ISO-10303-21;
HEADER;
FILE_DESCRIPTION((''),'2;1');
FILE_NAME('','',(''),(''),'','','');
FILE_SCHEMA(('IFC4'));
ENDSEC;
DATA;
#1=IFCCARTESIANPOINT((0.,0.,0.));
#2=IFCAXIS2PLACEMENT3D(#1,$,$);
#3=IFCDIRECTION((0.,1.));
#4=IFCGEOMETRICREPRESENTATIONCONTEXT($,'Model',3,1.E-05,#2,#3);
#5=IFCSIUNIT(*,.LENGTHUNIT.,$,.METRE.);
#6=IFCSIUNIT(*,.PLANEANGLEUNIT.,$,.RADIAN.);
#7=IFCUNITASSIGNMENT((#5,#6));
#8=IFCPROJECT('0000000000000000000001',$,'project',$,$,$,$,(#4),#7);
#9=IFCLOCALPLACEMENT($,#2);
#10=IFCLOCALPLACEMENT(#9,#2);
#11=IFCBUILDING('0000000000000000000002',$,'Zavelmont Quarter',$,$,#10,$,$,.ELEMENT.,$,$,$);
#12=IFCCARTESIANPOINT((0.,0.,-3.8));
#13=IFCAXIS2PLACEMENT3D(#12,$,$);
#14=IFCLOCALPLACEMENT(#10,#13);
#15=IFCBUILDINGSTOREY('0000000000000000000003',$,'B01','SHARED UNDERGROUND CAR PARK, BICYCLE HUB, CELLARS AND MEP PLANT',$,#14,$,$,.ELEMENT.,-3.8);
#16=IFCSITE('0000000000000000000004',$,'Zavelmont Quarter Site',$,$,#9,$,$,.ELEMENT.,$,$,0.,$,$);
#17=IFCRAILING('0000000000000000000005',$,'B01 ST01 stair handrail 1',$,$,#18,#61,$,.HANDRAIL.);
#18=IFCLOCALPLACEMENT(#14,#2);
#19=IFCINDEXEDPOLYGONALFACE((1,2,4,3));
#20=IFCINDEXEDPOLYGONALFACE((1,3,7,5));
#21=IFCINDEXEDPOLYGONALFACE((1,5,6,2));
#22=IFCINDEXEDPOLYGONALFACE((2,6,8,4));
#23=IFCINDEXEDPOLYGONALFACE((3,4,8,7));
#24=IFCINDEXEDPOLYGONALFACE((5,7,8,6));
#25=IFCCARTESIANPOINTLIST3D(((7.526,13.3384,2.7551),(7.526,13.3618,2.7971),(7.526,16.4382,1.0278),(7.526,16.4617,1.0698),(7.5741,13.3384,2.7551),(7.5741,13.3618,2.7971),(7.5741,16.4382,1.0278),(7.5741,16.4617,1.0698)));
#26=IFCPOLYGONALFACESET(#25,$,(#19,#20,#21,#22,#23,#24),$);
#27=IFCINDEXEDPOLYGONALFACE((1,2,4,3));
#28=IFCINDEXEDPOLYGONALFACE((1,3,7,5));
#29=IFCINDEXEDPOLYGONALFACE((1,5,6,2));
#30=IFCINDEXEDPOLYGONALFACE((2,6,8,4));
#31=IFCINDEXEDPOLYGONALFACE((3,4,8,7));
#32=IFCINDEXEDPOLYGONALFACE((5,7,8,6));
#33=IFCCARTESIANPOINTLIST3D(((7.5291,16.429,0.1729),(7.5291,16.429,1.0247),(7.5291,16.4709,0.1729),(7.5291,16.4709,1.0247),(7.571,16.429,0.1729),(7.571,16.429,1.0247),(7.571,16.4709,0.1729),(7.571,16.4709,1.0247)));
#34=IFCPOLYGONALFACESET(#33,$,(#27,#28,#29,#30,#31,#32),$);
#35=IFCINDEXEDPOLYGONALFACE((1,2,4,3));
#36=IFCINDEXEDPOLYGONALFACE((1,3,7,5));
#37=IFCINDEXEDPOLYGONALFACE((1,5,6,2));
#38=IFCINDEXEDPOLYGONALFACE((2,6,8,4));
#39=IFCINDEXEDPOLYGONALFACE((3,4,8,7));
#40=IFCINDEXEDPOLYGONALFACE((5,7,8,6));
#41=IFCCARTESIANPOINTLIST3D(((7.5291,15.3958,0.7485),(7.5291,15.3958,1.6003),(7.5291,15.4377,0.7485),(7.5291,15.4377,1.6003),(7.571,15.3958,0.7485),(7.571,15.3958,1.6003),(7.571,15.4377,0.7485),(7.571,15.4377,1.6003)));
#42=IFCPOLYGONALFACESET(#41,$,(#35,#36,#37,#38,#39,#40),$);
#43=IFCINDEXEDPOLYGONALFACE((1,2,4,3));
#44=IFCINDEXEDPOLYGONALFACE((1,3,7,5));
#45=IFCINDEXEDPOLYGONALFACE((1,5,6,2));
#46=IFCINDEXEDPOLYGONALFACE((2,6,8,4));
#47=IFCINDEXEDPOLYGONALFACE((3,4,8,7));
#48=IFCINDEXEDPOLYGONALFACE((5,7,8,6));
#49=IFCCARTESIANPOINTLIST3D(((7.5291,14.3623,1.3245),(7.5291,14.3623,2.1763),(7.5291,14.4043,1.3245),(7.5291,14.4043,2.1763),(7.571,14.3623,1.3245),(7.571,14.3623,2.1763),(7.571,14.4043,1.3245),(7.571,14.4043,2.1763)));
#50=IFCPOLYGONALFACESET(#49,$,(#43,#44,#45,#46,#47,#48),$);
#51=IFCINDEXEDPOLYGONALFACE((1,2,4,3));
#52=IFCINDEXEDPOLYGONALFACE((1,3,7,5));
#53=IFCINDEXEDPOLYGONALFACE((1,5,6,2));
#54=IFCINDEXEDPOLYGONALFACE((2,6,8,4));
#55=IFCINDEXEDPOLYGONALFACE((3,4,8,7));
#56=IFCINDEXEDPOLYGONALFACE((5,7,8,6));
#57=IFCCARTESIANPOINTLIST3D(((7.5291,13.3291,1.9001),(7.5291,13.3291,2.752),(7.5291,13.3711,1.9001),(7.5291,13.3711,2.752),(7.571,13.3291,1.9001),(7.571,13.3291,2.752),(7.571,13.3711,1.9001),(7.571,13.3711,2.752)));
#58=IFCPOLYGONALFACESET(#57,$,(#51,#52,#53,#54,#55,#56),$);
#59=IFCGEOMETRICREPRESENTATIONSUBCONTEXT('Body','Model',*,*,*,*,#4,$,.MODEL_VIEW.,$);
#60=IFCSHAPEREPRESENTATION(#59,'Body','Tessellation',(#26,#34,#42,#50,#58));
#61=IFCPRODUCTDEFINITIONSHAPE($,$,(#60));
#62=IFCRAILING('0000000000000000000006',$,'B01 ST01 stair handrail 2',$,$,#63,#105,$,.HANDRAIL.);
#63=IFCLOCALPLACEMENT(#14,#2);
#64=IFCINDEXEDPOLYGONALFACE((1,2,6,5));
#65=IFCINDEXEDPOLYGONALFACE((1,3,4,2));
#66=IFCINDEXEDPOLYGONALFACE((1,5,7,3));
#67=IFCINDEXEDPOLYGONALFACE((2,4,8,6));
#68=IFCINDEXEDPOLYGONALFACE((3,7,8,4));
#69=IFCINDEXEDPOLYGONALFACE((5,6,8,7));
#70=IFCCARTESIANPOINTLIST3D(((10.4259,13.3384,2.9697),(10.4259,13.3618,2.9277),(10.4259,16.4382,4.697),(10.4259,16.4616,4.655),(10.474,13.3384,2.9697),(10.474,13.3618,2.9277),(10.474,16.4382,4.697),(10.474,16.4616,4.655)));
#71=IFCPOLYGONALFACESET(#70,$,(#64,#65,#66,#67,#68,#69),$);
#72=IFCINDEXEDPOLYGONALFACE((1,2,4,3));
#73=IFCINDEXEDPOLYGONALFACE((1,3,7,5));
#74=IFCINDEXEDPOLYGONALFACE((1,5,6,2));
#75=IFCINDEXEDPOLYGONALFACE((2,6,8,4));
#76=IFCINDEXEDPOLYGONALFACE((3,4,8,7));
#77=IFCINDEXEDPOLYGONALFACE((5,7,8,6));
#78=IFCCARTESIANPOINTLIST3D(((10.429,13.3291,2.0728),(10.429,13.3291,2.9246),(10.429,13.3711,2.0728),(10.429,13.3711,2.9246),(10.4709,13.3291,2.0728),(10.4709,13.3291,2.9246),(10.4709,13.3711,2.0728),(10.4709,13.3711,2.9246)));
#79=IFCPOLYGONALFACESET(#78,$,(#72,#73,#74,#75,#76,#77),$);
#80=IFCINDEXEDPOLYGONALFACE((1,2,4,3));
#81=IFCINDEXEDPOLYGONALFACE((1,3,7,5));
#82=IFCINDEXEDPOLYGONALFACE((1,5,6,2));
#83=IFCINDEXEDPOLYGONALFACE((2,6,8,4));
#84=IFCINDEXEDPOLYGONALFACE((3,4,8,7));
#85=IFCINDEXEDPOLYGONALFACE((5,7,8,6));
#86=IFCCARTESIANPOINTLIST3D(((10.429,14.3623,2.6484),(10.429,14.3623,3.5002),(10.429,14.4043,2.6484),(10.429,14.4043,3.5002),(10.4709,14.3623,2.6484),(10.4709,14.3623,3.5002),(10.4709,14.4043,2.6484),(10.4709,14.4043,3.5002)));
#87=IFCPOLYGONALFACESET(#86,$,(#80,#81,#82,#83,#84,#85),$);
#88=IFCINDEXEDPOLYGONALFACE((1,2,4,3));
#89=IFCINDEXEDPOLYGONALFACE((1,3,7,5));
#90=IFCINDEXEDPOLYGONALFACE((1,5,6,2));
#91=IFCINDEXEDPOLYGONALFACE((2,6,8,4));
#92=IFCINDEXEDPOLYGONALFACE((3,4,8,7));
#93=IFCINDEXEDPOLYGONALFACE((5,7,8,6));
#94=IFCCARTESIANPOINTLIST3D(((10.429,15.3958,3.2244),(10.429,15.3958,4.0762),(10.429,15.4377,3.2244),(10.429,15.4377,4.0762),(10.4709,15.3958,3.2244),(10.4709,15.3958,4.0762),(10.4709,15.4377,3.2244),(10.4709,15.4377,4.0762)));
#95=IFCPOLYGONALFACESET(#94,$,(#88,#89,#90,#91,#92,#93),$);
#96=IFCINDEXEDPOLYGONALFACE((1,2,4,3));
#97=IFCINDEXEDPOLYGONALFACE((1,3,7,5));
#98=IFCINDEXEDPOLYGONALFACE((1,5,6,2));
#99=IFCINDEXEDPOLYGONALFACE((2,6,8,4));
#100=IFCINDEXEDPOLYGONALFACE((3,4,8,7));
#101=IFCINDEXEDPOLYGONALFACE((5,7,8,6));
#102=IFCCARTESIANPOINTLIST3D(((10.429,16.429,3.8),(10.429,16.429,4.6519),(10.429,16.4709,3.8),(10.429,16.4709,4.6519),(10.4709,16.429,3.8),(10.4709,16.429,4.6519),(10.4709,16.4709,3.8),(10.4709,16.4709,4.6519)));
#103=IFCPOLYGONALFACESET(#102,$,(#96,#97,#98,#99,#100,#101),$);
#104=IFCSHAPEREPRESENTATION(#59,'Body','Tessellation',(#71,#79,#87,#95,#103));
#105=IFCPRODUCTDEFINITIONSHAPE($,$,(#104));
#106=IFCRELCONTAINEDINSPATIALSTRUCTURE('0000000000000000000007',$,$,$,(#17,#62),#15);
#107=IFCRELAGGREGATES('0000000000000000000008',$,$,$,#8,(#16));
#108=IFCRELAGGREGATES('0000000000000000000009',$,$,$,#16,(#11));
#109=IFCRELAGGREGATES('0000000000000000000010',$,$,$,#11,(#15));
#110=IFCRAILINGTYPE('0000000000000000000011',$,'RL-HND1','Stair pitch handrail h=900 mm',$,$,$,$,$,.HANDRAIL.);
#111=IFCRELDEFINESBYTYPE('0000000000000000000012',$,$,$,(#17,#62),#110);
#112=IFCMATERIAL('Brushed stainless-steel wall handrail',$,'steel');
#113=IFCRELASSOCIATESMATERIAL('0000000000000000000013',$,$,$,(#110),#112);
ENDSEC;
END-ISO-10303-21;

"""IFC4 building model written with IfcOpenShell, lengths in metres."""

from ifc_helpers import new_model, si_unit, direction, frame, origin, origin_2d, place, context, subcontext, project, spatial, rectangle, extrude, material, type_object, element, save


model = new_model("IFC4")

# Units and contexts
model_context = context("Model", 3, precision=1e-05, world=origin(), true_north=direction((0.0, 1.0)))
body_context = subcontext(model_context, "Body", "Model", "MODEL_VIEW")
ifc_project = project(units=[si_unit("LENGTHUNIT", "METRE"), si_unit("PLANEANGLEUNIT", "RADIAN")], contexts=[model_context])

# Site, building, storey
site_placement = place(None, origin())
site = spatial("IfcSite", under=ifc_project, at=site_placement, Name="Zavelmont Quarter Site", CompositionType="ELEMENT", RefElevation=0.0)
building_placement = place(site_placement, origin())
building = spatial("IfcBuilding", under=site, at=building_placement, Name="Zavelmont Quarter", CompositionType="ELEMENT")
storey_placement = place(building_placement, frame((0.0, 0.0, -3.8)))
storey = spatial("IfcBuildingStorey", under=building, at=storey_placement, Name="B01", Description="SHARED UNDERGROUND CAR PARK, BICYCLE HUB, CELLARS AND MEP PLANT", CompositionType="ELEMENT", Elevation=-3.8)

# Railings
ifc_material_1 = material(Name="Brushed stainless-steel wall handrail", Category="steel")
railing_type_1 = type_object("IfcRailingType", Name="RL-HND1", Description="Stair pitch handrail h=900 mm", PredefinedType="HANDRAIL", material=ifc_material_1)
railing_1_placement = place(storey_placement, frame((7.55, 16.45, 0.1729)))
element("IfcRailing", 1, at=railing_1_placement, inside=storey, type_object=railing_type_1, Name="B01 ST01 stair handrail 1", PredefinedType="HANDRAIL", context=body_context, shape_type="SweptSolid", body=[
    extrude(rectangle(XDim=0.0481, YDim=0.0481, at=origin_2d()), frame((0.0, 0.0, 0.876), z_axis=(0.0, -0.87354, 0.486752), x_axis=(1.0, 0.0, 0.0)), (0.0, 0.0, 1.0), 3.5486),
    extrude(rectangle(XDim=0.042, YDim=0.042, at=origin_2d()), origin(), (0.0, 0.0, 1.0), 0.8518),
    extrude(rectangle(XDim=0.042, YDim=0.042, at=origin_2d()), frame((0.0, -1.0332, 0.5757)), (0.0, 0.0, 1.0), 0.8518),
    extrude(rectangle(XDim=0.042, YDim=0.042, at=origin_2d()), frame((0.0, -2.0667, 1.1516)), (0.0, 0.0, 1.0), 0.8518),
    extrude(rectangle(XDim=0.042, YDim=0.042, at=origin_2d()), frame((0.0, -3.0999, 1.7273)), (0.0, 0.0, 1.0), 0.8518),
])
railing_2_placement = place(storey_placement, frame((10.45, 13.3501, 2.0728)))
element("IfcRailing", 2, at=railing_2_placement, inside=storey, type_object=railing_type_1, Name="B01 ST01 stair handrail 2", PredefinedType="HANDRAIL", context=body_context, shape_type="SweptSolid", body=[
    extrude(rectangle(XDim=0.0481, YDim=0.0481, at=origin_2d()), frame((0.0, 0.0, 0.876), z_axis=(0.0, 0.87354, 0.486752), x_axis=(-1.0, 0.0, 0.0)), (0.0, 0.0, 1.0), 3.5486),
    extrude(rectangle(XDim=0.042, YDim=0.042, at=origin_2d()), origin(), (0.0, 0.0, 1.0), 0.8518),
    extrude(rectangle(XDim=0.042, YDim=0.042, at=origin_2d()), frame((0.0, 1.0332, 0.5757)), (0.0, 0.0, 1.0), 0.8518),
    extrude(rectangle(XDim=0.042, YDim=0.042, at=origin_2d()), frame((0.0, 2.0667, 1.1516)), (0.0, 0.0, 1.0), 0.8518),
    extrude(rectangle(XDim=0.042, YDim=0.042, at=origin_2d()), frame((0.0, 3.0999, 1.7273)), (0.0, 0.0, 1.0), 0.8518),
])

save(model, "model.ifc")
